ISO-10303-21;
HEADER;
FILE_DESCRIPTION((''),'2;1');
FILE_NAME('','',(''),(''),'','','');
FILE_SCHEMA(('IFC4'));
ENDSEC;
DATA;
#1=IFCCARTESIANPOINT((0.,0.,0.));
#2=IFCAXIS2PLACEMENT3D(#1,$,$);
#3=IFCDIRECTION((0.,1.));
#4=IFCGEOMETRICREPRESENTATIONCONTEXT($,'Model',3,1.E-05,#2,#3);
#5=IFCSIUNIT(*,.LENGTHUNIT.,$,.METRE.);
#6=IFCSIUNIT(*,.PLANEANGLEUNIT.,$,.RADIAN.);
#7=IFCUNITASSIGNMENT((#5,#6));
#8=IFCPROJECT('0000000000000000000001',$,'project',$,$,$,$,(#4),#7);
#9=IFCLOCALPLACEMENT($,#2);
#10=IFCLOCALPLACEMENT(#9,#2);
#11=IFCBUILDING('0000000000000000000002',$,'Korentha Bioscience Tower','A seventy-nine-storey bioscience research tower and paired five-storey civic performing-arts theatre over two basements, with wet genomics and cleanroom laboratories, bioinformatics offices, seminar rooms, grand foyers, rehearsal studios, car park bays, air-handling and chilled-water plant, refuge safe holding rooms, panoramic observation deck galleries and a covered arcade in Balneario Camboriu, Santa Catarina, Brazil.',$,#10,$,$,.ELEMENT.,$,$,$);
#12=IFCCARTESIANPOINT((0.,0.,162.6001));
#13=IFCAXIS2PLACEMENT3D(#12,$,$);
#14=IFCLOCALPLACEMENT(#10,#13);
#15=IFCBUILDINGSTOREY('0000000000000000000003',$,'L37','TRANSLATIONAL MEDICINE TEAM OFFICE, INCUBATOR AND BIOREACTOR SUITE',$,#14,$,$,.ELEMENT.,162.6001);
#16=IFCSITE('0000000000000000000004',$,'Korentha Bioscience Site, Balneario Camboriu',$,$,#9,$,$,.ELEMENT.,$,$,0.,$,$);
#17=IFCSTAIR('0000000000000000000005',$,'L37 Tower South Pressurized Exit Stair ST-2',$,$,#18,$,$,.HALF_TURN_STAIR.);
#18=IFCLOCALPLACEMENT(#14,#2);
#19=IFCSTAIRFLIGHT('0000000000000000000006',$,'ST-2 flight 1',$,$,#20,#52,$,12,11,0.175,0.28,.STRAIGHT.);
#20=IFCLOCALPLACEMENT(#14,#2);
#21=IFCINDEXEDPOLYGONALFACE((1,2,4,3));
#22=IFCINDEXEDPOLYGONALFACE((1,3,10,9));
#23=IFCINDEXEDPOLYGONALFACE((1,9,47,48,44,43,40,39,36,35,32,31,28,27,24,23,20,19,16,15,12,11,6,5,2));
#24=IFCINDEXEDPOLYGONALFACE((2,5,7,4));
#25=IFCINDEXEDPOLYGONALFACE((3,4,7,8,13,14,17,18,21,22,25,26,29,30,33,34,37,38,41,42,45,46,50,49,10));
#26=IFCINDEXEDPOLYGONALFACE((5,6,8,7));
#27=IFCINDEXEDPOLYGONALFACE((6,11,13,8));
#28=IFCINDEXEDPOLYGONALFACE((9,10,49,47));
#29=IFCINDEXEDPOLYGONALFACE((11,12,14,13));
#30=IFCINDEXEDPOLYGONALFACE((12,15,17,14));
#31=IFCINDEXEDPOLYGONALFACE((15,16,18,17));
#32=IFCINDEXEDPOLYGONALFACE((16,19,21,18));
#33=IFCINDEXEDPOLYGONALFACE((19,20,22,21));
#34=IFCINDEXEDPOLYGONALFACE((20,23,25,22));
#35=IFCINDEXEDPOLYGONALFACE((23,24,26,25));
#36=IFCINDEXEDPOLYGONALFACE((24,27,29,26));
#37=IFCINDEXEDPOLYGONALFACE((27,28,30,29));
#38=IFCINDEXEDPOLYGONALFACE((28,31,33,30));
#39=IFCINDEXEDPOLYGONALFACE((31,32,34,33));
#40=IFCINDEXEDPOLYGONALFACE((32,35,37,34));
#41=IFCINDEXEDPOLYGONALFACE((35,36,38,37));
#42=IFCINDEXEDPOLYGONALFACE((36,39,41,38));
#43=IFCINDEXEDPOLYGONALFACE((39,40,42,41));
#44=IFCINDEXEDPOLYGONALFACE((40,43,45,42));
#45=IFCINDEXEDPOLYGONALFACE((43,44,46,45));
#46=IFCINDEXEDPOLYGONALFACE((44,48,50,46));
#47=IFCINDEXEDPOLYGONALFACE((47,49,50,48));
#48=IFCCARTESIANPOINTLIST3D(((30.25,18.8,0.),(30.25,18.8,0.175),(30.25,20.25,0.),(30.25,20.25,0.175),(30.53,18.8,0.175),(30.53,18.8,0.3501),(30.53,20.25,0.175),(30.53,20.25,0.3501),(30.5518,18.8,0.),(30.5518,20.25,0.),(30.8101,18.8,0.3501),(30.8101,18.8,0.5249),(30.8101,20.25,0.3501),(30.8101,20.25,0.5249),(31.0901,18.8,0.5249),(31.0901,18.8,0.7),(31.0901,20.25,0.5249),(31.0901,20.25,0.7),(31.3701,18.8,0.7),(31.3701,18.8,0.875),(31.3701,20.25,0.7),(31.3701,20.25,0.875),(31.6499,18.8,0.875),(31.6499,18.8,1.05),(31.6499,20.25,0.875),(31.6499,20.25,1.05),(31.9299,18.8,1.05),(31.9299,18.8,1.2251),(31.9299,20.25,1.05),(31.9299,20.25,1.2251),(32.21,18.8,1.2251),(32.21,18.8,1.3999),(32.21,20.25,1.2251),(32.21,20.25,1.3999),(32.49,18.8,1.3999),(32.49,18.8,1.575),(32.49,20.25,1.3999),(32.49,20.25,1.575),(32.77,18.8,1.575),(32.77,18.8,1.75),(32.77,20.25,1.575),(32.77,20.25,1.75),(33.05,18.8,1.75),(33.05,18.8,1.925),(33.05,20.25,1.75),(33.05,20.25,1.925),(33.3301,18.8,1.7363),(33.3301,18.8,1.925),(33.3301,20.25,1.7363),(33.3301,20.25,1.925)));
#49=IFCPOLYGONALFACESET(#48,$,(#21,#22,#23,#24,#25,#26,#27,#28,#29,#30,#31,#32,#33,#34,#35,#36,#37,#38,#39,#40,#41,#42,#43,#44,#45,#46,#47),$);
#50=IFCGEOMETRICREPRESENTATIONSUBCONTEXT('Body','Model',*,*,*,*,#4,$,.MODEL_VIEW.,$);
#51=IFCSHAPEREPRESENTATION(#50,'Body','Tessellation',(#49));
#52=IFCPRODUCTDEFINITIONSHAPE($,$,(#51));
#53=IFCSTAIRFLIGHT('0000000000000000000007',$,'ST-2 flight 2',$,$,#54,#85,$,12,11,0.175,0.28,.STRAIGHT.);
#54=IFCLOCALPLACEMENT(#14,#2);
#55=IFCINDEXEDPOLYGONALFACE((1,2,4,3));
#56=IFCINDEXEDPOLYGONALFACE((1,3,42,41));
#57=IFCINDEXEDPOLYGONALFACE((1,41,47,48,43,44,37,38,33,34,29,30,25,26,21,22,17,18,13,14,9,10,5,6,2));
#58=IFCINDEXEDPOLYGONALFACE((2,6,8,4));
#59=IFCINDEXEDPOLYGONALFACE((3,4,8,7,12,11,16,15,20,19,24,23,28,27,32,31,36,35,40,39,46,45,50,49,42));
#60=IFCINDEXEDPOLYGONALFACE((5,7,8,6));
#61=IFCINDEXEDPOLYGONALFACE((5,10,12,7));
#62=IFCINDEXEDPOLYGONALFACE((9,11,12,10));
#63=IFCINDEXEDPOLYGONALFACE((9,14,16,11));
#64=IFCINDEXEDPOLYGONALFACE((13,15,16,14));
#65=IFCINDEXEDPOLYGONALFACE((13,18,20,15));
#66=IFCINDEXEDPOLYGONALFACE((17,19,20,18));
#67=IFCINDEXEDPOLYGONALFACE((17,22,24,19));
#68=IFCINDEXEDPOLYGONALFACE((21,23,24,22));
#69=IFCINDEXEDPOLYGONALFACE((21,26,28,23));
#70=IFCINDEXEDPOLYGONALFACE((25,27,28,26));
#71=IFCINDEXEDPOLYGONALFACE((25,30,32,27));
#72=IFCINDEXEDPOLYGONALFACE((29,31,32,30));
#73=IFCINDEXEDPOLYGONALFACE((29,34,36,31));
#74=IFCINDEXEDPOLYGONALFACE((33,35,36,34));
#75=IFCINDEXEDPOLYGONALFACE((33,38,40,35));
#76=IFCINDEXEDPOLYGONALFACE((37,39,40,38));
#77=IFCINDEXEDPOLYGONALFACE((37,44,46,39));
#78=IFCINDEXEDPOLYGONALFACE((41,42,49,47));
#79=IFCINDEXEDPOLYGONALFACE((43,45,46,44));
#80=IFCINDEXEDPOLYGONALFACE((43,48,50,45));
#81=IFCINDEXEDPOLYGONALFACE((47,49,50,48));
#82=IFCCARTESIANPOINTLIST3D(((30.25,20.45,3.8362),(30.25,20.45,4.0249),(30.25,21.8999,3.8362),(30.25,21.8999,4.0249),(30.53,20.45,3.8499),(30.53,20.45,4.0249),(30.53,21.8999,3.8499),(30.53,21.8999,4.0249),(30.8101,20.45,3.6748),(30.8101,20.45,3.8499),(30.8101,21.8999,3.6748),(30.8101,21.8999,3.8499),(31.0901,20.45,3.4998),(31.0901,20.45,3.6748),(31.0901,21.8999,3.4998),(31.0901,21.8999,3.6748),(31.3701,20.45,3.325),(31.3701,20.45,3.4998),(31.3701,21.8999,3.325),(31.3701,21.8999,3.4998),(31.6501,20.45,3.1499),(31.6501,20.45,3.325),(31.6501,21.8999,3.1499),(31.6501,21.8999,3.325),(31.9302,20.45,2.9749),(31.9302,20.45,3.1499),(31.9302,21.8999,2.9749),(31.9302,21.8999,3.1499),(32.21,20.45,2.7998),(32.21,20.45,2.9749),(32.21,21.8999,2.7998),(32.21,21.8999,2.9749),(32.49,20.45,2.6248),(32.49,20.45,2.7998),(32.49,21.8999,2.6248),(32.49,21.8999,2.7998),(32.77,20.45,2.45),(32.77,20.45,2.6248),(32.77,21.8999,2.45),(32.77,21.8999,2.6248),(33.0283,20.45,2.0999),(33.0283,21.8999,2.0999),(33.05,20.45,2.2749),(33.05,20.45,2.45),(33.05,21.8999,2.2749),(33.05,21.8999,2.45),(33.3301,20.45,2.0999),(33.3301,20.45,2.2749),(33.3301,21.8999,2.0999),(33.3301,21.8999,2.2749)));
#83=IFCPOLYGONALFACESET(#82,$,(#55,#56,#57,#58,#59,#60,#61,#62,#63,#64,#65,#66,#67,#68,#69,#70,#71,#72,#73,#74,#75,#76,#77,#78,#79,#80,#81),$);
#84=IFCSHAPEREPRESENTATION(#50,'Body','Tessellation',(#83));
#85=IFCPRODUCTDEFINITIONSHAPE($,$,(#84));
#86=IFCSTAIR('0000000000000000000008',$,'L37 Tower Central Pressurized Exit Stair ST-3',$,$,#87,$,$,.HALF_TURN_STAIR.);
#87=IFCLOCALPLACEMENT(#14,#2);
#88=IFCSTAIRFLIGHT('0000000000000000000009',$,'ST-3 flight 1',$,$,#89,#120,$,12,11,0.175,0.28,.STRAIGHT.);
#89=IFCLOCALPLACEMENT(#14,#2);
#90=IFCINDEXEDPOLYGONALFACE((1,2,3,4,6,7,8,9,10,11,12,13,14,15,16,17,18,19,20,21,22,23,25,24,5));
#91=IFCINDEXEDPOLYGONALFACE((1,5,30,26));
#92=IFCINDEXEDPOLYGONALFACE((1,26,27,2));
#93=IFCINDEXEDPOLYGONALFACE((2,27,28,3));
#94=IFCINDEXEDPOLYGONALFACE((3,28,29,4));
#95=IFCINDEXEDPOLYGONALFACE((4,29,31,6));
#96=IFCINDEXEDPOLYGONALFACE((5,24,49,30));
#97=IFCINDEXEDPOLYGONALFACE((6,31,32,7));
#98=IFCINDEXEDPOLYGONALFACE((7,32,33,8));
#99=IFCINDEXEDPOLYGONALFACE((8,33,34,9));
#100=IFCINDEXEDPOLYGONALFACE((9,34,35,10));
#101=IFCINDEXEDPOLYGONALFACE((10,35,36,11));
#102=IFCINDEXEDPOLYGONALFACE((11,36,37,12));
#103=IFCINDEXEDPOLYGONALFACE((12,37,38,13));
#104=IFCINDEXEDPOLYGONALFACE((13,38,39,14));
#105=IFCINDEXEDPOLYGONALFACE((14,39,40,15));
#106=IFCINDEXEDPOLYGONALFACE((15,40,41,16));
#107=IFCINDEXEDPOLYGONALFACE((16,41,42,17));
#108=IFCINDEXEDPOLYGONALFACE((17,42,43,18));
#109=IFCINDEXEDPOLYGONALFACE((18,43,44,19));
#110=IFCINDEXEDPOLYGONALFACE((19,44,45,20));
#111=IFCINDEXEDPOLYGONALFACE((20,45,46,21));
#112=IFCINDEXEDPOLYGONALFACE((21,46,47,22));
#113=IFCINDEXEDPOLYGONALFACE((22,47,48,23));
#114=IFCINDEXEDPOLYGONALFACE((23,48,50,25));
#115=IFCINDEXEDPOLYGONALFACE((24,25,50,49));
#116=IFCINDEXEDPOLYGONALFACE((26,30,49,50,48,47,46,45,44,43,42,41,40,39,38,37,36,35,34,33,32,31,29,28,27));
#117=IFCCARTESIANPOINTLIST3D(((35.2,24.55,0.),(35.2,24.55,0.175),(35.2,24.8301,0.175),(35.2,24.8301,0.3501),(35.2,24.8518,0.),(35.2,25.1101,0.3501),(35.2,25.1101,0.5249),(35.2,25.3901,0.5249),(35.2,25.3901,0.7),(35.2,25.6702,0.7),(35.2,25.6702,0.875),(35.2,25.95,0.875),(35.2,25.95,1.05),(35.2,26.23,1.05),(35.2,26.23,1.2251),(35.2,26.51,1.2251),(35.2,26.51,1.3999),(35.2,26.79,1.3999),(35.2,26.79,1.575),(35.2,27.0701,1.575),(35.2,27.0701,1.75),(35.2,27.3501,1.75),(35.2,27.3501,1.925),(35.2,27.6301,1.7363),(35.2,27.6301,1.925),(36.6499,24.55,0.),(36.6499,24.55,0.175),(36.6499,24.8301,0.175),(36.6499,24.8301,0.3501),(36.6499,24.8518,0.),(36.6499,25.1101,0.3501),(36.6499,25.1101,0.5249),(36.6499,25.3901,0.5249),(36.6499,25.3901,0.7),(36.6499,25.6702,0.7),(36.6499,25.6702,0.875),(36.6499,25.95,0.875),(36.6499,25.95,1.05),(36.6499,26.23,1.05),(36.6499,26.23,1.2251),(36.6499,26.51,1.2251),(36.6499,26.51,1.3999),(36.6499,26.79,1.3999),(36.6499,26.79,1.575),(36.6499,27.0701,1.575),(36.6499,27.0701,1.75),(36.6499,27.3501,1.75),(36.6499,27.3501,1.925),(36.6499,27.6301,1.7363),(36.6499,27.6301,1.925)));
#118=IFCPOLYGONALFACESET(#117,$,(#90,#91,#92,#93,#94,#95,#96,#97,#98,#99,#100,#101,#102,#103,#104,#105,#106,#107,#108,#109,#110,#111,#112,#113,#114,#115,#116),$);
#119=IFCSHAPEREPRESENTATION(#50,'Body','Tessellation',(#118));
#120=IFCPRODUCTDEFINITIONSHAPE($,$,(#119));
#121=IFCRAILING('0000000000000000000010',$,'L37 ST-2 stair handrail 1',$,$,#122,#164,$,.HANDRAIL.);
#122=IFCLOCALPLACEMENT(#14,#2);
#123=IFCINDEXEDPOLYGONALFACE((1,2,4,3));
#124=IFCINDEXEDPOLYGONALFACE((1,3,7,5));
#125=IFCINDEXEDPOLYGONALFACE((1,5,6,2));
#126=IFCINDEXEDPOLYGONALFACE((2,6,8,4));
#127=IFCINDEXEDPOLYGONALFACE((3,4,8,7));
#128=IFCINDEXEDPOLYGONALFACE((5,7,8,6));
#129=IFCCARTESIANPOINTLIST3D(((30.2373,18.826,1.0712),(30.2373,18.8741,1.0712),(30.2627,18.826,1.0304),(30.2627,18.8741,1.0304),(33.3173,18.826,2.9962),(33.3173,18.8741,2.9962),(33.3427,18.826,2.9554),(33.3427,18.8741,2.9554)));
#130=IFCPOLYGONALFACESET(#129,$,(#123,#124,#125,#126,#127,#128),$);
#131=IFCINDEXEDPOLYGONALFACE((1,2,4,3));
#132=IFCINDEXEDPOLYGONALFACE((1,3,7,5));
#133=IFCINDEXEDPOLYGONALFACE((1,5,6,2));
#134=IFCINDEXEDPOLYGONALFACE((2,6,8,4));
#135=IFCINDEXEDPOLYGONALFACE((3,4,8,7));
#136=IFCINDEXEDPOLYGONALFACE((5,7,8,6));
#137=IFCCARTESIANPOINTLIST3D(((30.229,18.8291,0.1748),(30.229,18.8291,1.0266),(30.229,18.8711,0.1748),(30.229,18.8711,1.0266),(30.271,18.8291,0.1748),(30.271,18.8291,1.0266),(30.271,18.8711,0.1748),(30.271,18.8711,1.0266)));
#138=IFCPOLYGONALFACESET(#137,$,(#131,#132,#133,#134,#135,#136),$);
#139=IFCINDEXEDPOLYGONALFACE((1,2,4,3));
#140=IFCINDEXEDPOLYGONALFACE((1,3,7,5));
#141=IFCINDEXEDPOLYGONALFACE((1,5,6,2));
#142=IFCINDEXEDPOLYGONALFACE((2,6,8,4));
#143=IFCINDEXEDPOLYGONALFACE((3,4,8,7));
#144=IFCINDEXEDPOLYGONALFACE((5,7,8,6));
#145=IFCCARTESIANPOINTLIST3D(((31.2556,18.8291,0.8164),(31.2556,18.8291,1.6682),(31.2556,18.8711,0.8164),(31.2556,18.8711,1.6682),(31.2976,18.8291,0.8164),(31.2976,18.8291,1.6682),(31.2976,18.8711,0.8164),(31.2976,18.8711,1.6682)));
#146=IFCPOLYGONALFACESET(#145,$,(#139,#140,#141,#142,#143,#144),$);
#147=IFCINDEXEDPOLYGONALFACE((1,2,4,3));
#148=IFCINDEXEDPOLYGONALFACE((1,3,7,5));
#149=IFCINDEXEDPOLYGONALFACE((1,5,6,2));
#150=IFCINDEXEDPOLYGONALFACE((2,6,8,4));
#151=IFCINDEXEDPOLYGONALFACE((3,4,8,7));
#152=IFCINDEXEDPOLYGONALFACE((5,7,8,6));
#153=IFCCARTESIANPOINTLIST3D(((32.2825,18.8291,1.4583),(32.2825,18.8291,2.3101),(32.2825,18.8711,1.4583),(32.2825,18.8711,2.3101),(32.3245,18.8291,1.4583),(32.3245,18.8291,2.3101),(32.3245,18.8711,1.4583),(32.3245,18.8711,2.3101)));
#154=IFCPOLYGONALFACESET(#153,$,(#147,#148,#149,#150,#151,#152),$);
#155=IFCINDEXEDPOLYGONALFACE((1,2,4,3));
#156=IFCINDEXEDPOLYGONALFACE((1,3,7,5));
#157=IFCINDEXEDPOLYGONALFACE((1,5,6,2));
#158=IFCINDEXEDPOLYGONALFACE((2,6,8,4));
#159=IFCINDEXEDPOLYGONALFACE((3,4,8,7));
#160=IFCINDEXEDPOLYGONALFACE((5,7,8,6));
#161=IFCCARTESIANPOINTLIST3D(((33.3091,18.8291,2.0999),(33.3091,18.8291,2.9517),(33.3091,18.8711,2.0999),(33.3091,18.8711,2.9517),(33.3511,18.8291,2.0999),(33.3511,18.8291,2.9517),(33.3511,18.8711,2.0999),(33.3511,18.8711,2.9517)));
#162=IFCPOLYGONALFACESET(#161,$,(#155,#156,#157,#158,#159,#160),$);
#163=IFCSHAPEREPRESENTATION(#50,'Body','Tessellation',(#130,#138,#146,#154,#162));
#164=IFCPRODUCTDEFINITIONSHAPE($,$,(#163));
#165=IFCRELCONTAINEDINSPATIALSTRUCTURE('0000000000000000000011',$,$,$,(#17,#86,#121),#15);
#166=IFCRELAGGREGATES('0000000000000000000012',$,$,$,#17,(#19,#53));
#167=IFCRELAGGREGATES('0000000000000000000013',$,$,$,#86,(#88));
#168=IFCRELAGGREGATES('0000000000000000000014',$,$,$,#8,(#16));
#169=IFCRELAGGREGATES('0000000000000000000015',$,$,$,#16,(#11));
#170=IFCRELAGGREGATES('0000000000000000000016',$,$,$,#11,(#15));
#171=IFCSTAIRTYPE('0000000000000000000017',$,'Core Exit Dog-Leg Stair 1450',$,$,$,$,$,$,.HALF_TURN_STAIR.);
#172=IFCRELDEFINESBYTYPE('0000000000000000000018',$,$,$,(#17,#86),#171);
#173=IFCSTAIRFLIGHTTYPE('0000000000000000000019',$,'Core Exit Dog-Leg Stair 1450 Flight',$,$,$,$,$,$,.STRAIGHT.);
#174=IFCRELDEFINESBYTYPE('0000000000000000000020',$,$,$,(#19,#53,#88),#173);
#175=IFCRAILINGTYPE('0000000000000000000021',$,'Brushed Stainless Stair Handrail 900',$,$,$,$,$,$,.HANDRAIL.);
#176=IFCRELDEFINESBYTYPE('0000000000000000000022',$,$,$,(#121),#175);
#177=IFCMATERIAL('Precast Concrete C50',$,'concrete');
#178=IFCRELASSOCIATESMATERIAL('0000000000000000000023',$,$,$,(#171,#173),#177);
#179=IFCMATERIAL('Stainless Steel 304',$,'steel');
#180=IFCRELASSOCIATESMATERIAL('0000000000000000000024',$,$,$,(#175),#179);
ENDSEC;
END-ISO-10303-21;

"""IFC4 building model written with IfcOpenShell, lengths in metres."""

from ifc_helpers import new_model, si_unit, direction, frame, origin, origin_2d, place, context, subcontext, project, spatial, polyline, rectangle, outline, extrude, material, type_object, element, aggregate, save


model = new_model("IFC4")

# Units and contexts
model_context = context("Model", 3, precision=1e-05, world=origin(), true_north=direction((0.0, 1.0)))
body_context = subcontext(model_context, "Body", "Model", "MODEL_VIEW")
ifc_project = project(units=[si_unit("LENGTHUNIT", "METRE"), si_unit("PLANEANGLEUNIT", "RADIAN")], contexts=[model_context])

# Site, building, storey
site_placement = place(None, origin())
site = spatial("IfcSite", under=ifc_project, at=site_placement, Name="Korentha Bioscience Site, Balneario Camboriu", CompositionType="ELEMENT", RefElevation=0.0)
building_placement = place(site_placement, origin())
building = spatial("IfcBuilding", under=site, at=building_placement, Name="Korentha Bioscience Tower", Description="A seventy-nine-storey bioscience research tower and paired five-storey civic performing-arts theatre over two basements, with wet genomics and cleanroom laboratories, bioinformatics offices, seminar rooms, grand foyers, rehearsal studios, car park bays, air-handling and chilled-water plant, refuge safe holding rooms, panoramic observation deck galleries and a covered arcade in Balneario Camboriu, Santa Catarina, Brazil.", CompositionType="ELEMENT")
storey_placement = place(building_placement, frame((0.0, 0.0, 162.6001)))
storey = spatial("IfcBuildingStorey", under=building, at=storey_placement, Name="L37", Description="TRANSLATIONAL MEDICINE TEAM OFFICE, INCUBATOR AND BIOREACTOR SUITE", CompositionType="ELEMENT", Elevation=162.6001)

# Stair, stair flights
ifc_material_1 = material(Name="Precast Concrete C50", Category="concrete")
stair_type = type_object("IfcStairType", Name="Core Exit Dog-Leg Stair 1450", PredefinedType="HALF_TURN_STAIR", material=ifc_material_1)
stair_1_placement = place(storey_placement, origin())
stair_1 = element("IfcStair", 1, at=stair_1_placement, inside=storey, type_object=stair_type, Name="L37 Tower South Pressurized Exit Stair ST-2", PredefinedType="HALF_TURN_STAIR")
stair_flight_type = type_object("IfcStairFlightType", Name="Core Exit Dog-Leg Stair 1450 Flight", PredefinedType="STRAIGHT", material=ifc_material_1)
stair_flight_1_placement = place(storey_placement, frame((30.25, 19.5249, 0.0), z_axis=(0.0, 0.0, 1.0), x_axis=(1.0, 0.0, 0.0)))
stair_flight_1 = element("IfcStairFlight", 2, at=stair_flight_1_placement, type_object=stair_flight_type, Name="ST-2 flight 1", NumberOfRisers=12, NumberOfTreads=11, PredefinedType="STRAIGHT", RiserHeight=0.175, TreadLength=0.28, context=body_context, shape_type="SweptSolid", body=[
    extrude(outline(polyline([(0.0, 0.0), (0.0, 0.175), (0.28, 0.175), (0.28, 0.3501), (0.5601, 0.3501), (0.5601, 0.5249), (0.8401, 0.5249), (0.8401, 0.7), (1.1201, 0.7), (1.1201, 0.875), (1.3999, 0.875), (1.3999, 1.05), (1.6799, 1.05), (1.6799, 1.2251), (1.96, 1.2251), (1.96, 1.3999), (2.24, 1.3999), (2.24, 1.575), (2.52, 1.575), (2.52, 1.75), (2.8, 1.75), (2.8, 1.925), (3.0801, 1.925), (3.0801, 2.1001), (3.0801, 1.7363), (0.3018, 0.0), (0.0, 0.0)])), frame((0.0, 0.7251, 0.0), z_axis=(0.0, -1.0, 0.0), x_axis=(1.0, 0.0, 0.0)), (0.0, 0.0, 1.0), 1.45),
])
stair_flight_2_placement = place(storey_placement, frame((33.3301, 21.175, 2.0999), z_axis=(0.0, 0.0, 1.0), x_axis=(-1.0, 0.0, 0.0)))
stair_flight_2 = element("IfcStairFlight", 3, at=stair_flight_2_placement, type_object=stair_flight_type, Name="ST-2 flight 2", NumberOfRisers=12, NumberOfTreads=11, PredefinedType="STRAIGHT", RiserHeight=0.175, TreadLength=0.28, context=body_context, shape_type="SweptSolid", body=[
    extrude(outline(polyline([(0.0, 0.0), (0.0, 0.175), (0.28, 0.175), (0.28, 0.3501), (0.5601, 0.3501), (0.5601, 0.5249), (0.8401, 0.5249), (0.8401, 0.7), (1.1201, 0.7), (1.1201, 0.875), (1.3999, 0.875), (1.3999, 1.05), (1.6799, 1.05), (1.6799, 1.2251), (1.96, 1.2251), (1.96, 1.3999), (2.24, 1.3999), (2.24, 1.575), (2.52, 1.575), (2.52, 1.75), (2.8, 1.75), (2.8, 1.925), (3.0801, 1.925), (3.0801, 2.1001), (3.0801, 1.7363), (0.3018, 0.0), (0.0, 0.0)])), frame((0.0, 0.7251, 0.0), z_axis=(0.0, -1.0, 0.0), x_axis=(1.0, 0.0, 0.0)), (0.0, 0.0, 1.0), 1.45),
])
aggregate(stair_1, [stair_flight_1, stair_flight_2])

# Stair, stair flight
stair_2_placement = place(storey_placement, origin())
stair_2 = element("IfcStair", 4, at=stair_2_placement, inside=storey, type_object=stair_type, Name="L37 Tower Central Pressurized Exit Stair ST-3", PredefinedType="HALF_TURN_STAIR")
stair_flight_3_placement = place(storey_placement, frame((35.925, 24.55, 0.0), z_axis=(0.0, 0.0, 1.0), x_axis=(0.0, 1.0, 0.0)))
stair_flight_3 = element("IfcStairFlight", 5, at=stair_flight_3_placement, type_object=stair_flight_type, Name="ST-3 flight 1", NumberOfRisers=12, NumberOfTreads=11, PredefinedType="STRAIGHT", RiserHeight=0.175, TreadLength=0.28, context=body_context, shape_type="SweptSolid", body=[
    extrude(outline(polyline([(0.0, 0.0), (0.0, 0.175), (0.28, 0.175), (0.28, 0.3501), (0.5601, 0.3501), (0.5601, 0.5249), (0.8401, 0.5249), (0.8401, 0.7), (1.1201, 0.7), (1.1201, 0.875), (1.3999, 0.875), (1.3999, 1.05), (1.6799, 1.05), (1.6799, 1.2251), (1.96, 1.2251), (1.96, 1.3999), (2.24, 1.3999), (2.24, 1.575), (2.52, 1.575), (2.52, 1.75), (2.8, 1.75), (2.8, 1.925), (3.0801, 1.925), (3.0801, 2.1001), (3.0801, 1.7363), (0.3018, 0.0), (0.0, 0.0)])), frame((0.0, 0.7251, 0.0), z_axis=(0.0, -1.0, 0.0), x_axis=(1.0, 0.0, 0.0)), (0.0, 0.0, 1.0), 1.45),
])
aggregate(stair_2, [stair_flight_3])

# Railing
ifc_material_2 = material(Name="Stainless Steel 304", Category="steel")
railing_type_1 = type_object("IfcRailingType", Name="Brushed Stainless Stair Handrail 900", PredefinedType="HANDRAIL", material=ifc_material_2)
railing_1_placement = place(storey_placement, frame((30.25, 18.8501, 0.1748)))
element("IfcRailing", 6, at=railing_1_placement, inside=storey, type_object=railing_type_1, Name="L37 ST-2 stair handrail 1", PredefinedType="HANDRAIL", context=body_context, shape_type="SweptSolid", body=[
    extrude(rectangle(XDim=0.0481, YDim=0.0481, at=origin_2d()), frame((0.0, 0.0, 0.876), z_axis=(0.847998, 0.0, 0.529999), x_axis=(0.0, 1.0, 0.0)), (0.0, 0.0, 1.0), 3.6321),
    extrude(rectangle(XDim=0.042, YDim=0.042, at=origin_2d()), origin(), (0.0, 0.0, 1.0), 0.8518),
    extrude(rectangle(XDim=0.042, YDim=0.042, at=origin_2d()), frame((1.0266, 0.0, 0.6416)), (0.0, 0.0, 1.0), 0.8518),
    extrude(rectangle(XDim=0.042, YDim=0.042, at=origin_2d()), frame((2.0535, 0.0, 1.2834)), (0.0, 0.0, 1.0), 0.8518),
    extrude(rectangle(XDim=0.042, YDim=0.042, at=origin_2d()), frame((3.0801, 0.0, 1.925)), (0.0, 0.0, 1.0), 0.8518),
])

save(model, "model.ifc")
